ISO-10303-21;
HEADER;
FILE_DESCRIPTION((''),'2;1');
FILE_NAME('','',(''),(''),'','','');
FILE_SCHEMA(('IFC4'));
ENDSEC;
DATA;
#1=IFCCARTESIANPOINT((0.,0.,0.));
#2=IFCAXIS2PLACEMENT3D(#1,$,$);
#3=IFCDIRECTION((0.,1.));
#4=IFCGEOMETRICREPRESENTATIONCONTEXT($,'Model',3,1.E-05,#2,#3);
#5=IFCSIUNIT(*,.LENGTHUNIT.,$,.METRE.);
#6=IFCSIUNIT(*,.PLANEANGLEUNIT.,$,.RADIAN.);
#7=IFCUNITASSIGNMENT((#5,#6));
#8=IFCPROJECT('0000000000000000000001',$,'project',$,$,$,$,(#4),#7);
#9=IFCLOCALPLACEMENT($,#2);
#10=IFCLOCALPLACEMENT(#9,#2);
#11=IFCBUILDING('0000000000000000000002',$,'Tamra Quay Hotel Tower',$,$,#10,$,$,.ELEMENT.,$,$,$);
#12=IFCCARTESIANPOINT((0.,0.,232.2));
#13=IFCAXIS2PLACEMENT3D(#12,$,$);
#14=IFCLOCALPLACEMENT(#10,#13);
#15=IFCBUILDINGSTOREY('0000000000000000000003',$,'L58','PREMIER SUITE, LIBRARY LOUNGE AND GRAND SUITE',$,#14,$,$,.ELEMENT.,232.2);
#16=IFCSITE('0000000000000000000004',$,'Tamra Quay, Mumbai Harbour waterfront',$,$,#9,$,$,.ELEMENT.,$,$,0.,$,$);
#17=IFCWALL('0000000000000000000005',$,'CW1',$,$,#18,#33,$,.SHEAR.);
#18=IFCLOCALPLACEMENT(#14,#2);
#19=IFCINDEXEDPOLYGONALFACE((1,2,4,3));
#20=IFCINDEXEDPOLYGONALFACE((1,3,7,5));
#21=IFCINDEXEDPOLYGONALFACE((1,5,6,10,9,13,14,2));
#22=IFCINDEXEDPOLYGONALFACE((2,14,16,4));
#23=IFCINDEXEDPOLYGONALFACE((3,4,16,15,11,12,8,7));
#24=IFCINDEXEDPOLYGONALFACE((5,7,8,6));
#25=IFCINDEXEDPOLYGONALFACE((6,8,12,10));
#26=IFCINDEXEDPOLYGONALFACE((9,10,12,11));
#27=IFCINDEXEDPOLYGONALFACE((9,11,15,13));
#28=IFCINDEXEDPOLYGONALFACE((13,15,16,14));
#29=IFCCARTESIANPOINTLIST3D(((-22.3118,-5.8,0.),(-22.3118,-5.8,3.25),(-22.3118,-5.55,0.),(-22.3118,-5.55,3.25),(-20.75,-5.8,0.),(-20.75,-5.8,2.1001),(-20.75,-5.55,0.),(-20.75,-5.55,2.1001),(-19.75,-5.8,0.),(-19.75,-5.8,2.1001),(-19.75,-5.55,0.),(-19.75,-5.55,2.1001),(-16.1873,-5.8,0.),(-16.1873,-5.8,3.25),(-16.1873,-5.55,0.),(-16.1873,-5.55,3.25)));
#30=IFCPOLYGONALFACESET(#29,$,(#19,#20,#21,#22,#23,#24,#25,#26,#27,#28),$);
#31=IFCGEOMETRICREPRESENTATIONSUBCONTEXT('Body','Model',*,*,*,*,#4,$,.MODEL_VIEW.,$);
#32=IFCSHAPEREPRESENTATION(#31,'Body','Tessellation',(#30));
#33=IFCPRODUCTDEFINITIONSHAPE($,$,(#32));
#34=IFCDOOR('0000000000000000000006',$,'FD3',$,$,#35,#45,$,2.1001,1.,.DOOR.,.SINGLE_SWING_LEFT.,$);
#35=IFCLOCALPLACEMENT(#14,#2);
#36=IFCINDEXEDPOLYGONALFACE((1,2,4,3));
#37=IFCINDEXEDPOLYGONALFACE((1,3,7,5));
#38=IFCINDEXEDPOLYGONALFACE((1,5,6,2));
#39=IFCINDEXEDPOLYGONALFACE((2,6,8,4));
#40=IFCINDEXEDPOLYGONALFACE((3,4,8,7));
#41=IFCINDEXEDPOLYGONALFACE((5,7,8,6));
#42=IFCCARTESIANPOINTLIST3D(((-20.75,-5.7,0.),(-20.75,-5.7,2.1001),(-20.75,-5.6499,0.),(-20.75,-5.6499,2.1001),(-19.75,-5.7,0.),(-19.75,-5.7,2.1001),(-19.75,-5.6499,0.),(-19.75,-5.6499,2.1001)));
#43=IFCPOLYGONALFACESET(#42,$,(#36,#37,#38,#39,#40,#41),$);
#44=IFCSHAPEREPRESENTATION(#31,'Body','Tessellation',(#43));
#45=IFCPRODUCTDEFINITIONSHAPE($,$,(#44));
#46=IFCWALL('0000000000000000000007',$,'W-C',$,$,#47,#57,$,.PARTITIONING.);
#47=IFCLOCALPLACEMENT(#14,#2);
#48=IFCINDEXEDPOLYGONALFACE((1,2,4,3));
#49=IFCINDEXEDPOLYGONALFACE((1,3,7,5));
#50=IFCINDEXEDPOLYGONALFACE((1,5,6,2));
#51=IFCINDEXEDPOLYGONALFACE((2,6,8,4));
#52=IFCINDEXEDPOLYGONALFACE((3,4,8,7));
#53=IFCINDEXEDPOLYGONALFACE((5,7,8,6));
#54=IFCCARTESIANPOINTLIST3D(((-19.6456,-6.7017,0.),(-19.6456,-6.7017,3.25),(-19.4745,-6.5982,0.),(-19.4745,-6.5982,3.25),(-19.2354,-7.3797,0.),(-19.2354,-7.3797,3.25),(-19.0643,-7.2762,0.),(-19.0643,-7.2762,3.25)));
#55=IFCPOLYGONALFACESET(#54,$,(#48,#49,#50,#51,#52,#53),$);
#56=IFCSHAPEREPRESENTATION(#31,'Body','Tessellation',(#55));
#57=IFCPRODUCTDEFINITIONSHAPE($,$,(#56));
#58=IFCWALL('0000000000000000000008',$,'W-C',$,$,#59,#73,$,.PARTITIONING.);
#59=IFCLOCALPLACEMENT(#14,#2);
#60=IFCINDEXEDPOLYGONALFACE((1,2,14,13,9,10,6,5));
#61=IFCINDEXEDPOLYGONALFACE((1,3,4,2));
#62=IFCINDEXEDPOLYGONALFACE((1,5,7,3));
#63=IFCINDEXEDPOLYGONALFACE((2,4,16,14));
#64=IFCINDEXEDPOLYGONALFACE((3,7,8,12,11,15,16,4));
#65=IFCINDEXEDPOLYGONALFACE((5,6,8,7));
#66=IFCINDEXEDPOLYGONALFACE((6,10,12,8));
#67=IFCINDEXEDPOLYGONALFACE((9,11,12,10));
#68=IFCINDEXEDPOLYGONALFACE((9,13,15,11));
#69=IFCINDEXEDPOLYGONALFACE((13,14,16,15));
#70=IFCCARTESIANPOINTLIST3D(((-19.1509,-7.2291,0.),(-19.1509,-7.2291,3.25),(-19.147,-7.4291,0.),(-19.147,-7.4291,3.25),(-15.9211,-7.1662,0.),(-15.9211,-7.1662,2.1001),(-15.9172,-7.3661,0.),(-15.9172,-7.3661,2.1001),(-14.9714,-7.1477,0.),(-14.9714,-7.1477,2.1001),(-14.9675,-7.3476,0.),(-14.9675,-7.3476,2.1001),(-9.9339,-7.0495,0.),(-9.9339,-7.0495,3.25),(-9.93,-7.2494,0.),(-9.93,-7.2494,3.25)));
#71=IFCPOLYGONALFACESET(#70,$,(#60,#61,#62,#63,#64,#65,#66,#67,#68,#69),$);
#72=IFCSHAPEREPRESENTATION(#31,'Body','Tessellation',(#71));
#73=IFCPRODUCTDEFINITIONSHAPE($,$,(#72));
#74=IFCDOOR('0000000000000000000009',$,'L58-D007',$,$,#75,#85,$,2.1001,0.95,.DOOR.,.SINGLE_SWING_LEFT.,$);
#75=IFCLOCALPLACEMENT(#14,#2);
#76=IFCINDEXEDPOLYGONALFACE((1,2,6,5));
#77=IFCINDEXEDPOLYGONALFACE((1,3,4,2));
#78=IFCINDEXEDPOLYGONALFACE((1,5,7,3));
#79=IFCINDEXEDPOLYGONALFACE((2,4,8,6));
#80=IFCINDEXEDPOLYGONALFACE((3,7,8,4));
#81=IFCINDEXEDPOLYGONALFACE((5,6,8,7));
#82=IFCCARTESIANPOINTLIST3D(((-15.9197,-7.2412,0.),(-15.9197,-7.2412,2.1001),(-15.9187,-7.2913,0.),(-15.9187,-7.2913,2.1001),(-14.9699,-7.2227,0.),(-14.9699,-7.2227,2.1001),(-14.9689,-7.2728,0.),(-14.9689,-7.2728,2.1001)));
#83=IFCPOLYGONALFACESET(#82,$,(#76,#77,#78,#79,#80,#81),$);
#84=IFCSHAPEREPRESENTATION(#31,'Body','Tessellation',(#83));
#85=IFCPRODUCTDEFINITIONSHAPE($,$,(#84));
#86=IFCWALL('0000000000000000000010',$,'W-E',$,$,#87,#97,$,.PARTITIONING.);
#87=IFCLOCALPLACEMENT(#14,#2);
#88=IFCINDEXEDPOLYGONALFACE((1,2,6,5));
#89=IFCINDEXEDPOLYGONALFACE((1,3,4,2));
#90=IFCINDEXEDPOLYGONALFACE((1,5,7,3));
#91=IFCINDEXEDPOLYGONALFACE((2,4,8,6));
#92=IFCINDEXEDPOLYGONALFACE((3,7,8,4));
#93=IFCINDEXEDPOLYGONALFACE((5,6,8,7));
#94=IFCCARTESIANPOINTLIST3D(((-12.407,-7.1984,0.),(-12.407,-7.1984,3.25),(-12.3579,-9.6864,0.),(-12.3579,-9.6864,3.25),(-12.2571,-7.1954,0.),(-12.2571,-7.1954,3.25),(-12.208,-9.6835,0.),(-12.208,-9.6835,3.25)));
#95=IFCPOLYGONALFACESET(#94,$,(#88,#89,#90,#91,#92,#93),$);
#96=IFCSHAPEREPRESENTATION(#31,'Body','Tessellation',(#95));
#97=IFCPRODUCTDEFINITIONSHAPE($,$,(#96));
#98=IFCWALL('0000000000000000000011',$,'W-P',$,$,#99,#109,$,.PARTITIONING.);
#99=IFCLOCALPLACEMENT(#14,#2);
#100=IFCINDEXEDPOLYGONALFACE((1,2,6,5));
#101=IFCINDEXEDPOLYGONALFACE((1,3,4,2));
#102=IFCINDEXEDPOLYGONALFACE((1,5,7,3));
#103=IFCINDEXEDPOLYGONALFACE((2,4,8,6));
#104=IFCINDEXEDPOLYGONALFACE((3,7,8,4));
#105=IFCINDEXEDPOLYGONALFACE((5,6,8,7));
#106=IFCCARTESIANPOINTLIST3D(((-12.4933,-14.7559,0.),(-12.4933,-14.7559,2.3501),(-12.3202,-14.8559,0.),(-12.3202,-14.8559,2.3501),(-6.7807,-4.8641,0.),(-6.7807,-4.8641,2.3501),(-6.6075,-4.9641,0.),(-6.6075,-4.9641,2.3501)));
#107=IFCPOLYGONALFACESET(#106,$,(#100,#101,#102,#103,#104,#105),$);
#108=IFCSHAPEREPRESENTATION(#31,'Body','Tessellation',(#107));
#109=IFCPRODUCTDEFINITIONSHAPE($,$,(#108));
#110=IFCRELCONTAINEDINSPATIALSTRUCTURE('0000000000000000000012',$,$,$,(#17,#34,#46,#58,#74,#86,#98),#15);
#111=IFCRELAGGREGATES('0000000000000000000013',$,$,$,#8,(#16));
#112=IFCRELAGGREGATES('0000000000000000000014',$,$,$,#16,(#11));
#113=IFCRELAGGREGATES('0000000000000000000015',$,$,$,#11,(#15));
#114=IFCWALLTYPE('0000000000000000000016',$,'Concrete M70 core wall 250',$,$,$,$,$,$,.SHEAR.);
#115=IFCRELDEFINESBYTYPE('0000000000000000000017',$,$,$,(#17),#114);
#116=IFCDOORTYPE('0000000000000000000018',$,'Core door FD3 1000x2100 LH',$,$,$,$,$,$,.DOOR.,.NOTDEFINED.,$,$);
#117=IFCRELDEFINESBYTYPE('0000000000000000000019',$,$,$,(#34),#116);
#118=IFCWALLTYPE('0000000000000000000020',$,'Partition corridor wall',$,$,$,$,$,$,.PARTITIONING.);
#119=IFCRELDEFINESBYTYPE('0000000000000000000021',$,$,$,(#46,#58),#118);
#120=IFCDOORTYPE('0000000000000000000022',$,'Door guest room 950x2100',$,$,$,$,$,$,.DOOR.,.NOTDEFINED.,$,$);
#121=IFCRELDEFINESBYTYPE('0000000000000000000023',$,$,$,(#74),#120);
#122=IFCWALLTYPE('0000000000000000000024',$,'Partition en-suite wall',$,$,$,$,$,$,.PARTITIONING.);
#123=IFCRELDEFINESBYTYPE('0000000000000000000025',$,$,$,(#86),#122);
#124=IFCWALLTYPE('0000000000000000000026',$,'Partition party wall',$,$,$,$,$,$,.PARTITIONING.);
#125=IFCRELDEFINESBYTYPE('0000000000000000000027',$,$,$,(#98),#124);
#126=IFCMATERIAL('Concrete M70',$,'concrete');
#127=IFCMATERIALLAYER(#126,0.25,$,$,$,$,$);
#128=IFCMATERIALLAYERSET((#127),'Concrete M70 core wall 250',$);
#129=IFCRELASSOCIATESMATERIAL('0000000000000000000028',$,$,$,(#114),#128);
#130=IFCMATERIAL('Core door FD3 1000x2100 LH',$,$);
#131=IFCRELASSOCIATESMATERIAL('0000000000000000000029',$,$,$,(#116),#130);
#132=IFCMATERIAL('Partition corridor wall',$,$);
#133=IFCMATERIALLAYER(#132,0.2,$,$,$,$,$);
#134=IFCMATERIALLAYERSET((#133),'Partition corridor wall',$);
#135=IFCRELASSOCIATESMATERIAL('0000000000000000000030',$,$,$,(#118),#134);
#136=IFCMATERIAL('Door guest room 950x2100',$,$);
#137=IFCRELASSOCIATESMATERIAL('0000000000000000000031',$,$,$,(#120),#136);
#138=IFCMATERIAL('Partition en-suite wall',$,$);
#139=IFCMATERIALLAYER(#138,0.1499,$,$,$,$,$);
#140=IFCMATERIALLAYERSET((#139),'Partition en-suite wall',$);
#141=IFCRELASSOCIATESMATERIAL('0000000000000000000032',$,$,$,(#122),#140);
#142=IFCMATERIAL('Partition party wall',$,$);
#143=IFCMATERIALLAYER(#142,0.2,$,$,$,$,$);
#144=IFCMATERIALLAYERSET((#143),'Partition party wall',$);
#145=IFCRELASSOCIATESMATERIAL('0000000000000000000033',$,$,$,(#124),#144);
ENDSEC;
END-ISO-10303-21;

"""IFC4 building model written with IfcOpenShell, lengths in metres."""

from ifc_helpers import new_model, si_unit, direction, frame, frame_2d, origin, place, context, subcontext, project, spatial, rectangle, extrude, material, layer, layer_set, type_object, element, fill, save


model = new_model("IFC4")

# Units and contexts
model_context = context("Model", 3, precision=1e-05, world=origin(), true_north=direction((0.0, 1.0)))
body_context = subcontext(model_context, "Body", "Model", "MODEL_VIEW")
ifc_project = project(units=[si_unit("LENGTHUNIT", "METRE"), si_unit("PLANEANGLEUNIT", "RADIAN")], contexts=[model_context])

# Site, building, storey
site_placement = place(None, origin())
site = spatial("IfcSite", under=ifc_project, at=site_placement, Name="Tamra Quay, Mumbai Harbour waterfront", CompositionType="ELEMENT", RefElevation=0.0)
building_placement = place(site_placement, origin())
building = spatial("IfcBuilding", under=site, at=building_placement, Name="Tamra Quay Hotel Tower", CompositionType="ELEMENT")
storey_placement = place(building_placement, frame((0.0, 0.0, 232.2)))
storey = spatial("IfcBuildingStorey", under=building, at=storey_placement, Name="L58", Description="PREMIER SUITE, LIBRARY LOUNGE AND GRAND SUITE", CompositionType="ELEMENT", Elevation=232.2)

# Shared definitions
ifc_material_1 = material(Name="Concrete M70", Category="concrete")

# Wall, opening, door
ifc_layer_1 = layer(ifc_material_1, 0.25)
ifc_layer_set_1 = layer_set([ifc_layer_1], Name="Concrete M70 core wall 250")
wall_type_1 = type_object("IfcWallType", Name="Concrete M70 core wall 250", PredefinedType="SHEAR", material=ifc_layer_set_1)
wall_1_placement = place(storey_placement, frame((-16.1873, -5.675, 0.0), z_axis=(0.0, 0.0, 1.0), x_axis=(-1.0, 0.0, 0.0)))
wall_1 = element("IfcWall", 1, at=wall_1_placement, inside=storey, type_object=wall_type_1, Name="CW1", PredefinedType="SHEAR", context=body_context, shape_type="SweptSolid", body=[
    extrude(rectangle(XDim=6.1245, YDim=0.25, at=frame_2d((3.0623, 0.0))), origin(), (0.0, 0.0, 1.0), 3.25),
])
opening_1_placement = place(wall_1_placement, frame((3.5627, 0.0, 0.0)))
opening_1 = element("IfcOpeningElement", 2, at=opening_1_placement, cuts=wall_1, PredefinedType="OPENING", context=body_context, shape_type="SweptSolid", body=[
    extrude(rectangle(XDim=1.0, YDim=2.1001, at=frame_2d((0.5, 1.05))), frame((0.0, 0.135, 0.0), z_axis=(0.0, -1.0, 0.0), x_axis=(1.0, 0.0, 0.0)), (0.0, 0.0, 1.0), 0.27),
])
ifc_material_2 = material(Name="Core door FD3 1000x2100 LH")
door_type_1 = type_object("IfcDoorType", Name="Core door FD3 1000x2100 LH", OperationType="NOTDEFINED", PredefinedType="DOOR", material=ifc_material_2)
door_1_placement = place(opening_1_placement, origin())
door_1 = element("IfcDoor", 3, at=door_1_placement, inside=storey, type_object=door_type_1, Name="FD3", OperationType="SINGLE_SWING_LEFT", OverallHeight=2.1001, OverallWidth=1.0, PredefinedType="DOOR", context=body_context, shape_type="SweptSolid", body=[
    extrude(rectangle(XDim=1.0, YDim=2.1001, at=frame_2d((0.5, 1.05))), frame((0.0, 0.0249, 0.0), z_axis=(0.0, -1.0, 0.0), x_axis=(1.0, 0.0, 0.0)), (0.0, 0.0, 1.0), 0.05),
])
fill(opening_1, door_1)

# Wall
ifc_material_3 = material(Name="Partition corridor wall")
ifc_layer_2 = layer(ifc_material_3, 0.2)
ifc_layer_set_2 = layer_set([ifc_layer_2], Name="Partition corridor wall")
wall_type_2 = type_object("IfcWallType", Name="Partition corridor wall", PredefinedType="PARTITIONING", material=ifc_layer_set_2)
wall_2_placement = place(storey_placement, frame((-19.5601, -6.6499, 0.0), z_axis=(0.0, 0.0, 1.0), x_axis=(0.517619, -0.855611, 0.0)))
element("IfcWall", 4, at=wall_2_placement, inside=storey, type_object=wall_type_2, Name="W-C", PredefinedType="PARTITIONING", context=body_context, shape_type="SweptSolid", body=[
    extrude(rectangle(XDim=0.7925, YDim=0.2, at=frame_2d((0.3962, 0.0))), origin(), (0.0, 0.0, 1.0), 3.25),
])

# Wall, opening, door
wall_3_placement = place(storey_placement, frame((-19.1489, -7.3291, 0.0), z_axis=(0.0, 0.0, 1.0), x_axis=(0.99981, 0.019491, 0.0)))
wall_3 = element("IfcWall", 5, at=wall_3_placement, inside=storey, type_object=wall_type_2, Name="W-C", PredefinedType="PARTITIONING", context=body_context, shape_type="SweptSolid", body=[
    extrude(rectangle(XDim=9.2188, YDim=0.2, at=frame_2d((4.6094, 0.0))), origin(), (0.0, 0.0, 1.0), 3.25),
])
opening_2_placement = place(wall_3_placement, frame((3.2302, 0.0, 0.0)))
opening_2 = element("IfcOpeningElement", 6, at=opening_2_placement, cuts=wall_3, PredefinedType="OPENING", context=body_context, shape_type="SweptSolid", body=[
    extrude(rectangle(XDim=0.95, YDim=2.1001, at=frame_2d((0.4751, 1.05))), frame((0.0, 0.1099, 0.0), z_axis=(0.0, -1.0, 0.0), x_axis=(1.0, 0.0, 0.0)), (0.0, 0.0, 1.0), 0.22),
])
ifc_material_4 = material(Name="Door guest room 950x2100")
door_type_2 = type_object("IfcDoorType", Name="Door guest room 950x2100", OperationType="NOTDEFINED", PredefinedType="DOOR", material=ifc_material_4)
door_2_placement = place(opening_2_placement, origin())
door_2 = element("IfcDoor", 7, at=door_2_placement, inside=storey, type_object=door_type_2, Name="L58-D007", OperationType="SINGLE_SWING_LEFT", OverallHeight=2.1001, OverallWidth=0.95, PredefinedType="DOOR", context=body_context, shape_type="SweptSolid", body=[
    extrude(rectangle(XDim=0.95, YDim=2.1001, at=frame_2d((0.4751, 1.05))), frame((0.0, 0.0249, 0.0), z_axis=(0.0, -1.0, 0.0), x_axis=(1.0, 0.0, 0.0)), (0.0, 0.0, 1.0), 0.05),
])
fill(opening_2, door_2)

# Walls
ifc_material_5 = material(Name="Partition en-suite wall")
ifc_layer_3 = layer(ifc_material_5, 0.1499)
ifc_layer_set_3 = layer_set([ifc_layer_3], Name="Partition en-suite wall")
wall_type_3 = type_object("IfcWallType", Name="Partition en-suite wall", PredefinedType="PARTITIONING", material=ifc_layer_set_3)
wall_4_placement = place(storey_placement, frame((-12.332, -7.197, 0.0), z_axis=(0.0, 0.0, 1.0), x_axis=(0.019719, -0.999806, 0.0)))
element("IfcWall", 8, at=wall_4_placement, inside=storey, type_object=wall_type_3, Name="W-E", PredefinedType="PARTITIONING", context=body_context, shape_type="SweptSolid", body=[
    extrude(rectangle(XDim=2.4885, YDim=0.1499, at=frame_2d((1.2441, 0.0))), origin(), (0.0, 0.0, 1.0), 3.25),
])
ifc_material_6 = material(Name="Partition party wall")
ifc_layer_4 = layer(ifc_material_6, 0.2)
ifc_layer_set_4 = layer_set([ifc_layer_4], Name="Partition party wall")
wall_type_4 = type_object("IfcWallType", Name="Partition party wall", PredefinedType="PARTITIONING", material=ifc_layer_set_4)
wall_5_placement = place(storey_placement, frame((-12.4067, -14.8059, 0.0), z_axis=(0.0, 0.0, 1.0), x_axis=(0.500104, 0.865965, 0.0)))
element("IfcWall", 9, at=wall_5_placement, inside=storey, type_object=wall_type_4, Name="W-P", PredefinedType="PARTITIONING", context=body_context, shape_type="SweptSolid", body=[
    extrude(rectangle(XDim=11.4229, YDim=0.2, at=frame_2d((5.7114, 0.0))), origin(), (0.0, 0.0, 1.0), 2.3501),
])

save(model, "model.ifc")
